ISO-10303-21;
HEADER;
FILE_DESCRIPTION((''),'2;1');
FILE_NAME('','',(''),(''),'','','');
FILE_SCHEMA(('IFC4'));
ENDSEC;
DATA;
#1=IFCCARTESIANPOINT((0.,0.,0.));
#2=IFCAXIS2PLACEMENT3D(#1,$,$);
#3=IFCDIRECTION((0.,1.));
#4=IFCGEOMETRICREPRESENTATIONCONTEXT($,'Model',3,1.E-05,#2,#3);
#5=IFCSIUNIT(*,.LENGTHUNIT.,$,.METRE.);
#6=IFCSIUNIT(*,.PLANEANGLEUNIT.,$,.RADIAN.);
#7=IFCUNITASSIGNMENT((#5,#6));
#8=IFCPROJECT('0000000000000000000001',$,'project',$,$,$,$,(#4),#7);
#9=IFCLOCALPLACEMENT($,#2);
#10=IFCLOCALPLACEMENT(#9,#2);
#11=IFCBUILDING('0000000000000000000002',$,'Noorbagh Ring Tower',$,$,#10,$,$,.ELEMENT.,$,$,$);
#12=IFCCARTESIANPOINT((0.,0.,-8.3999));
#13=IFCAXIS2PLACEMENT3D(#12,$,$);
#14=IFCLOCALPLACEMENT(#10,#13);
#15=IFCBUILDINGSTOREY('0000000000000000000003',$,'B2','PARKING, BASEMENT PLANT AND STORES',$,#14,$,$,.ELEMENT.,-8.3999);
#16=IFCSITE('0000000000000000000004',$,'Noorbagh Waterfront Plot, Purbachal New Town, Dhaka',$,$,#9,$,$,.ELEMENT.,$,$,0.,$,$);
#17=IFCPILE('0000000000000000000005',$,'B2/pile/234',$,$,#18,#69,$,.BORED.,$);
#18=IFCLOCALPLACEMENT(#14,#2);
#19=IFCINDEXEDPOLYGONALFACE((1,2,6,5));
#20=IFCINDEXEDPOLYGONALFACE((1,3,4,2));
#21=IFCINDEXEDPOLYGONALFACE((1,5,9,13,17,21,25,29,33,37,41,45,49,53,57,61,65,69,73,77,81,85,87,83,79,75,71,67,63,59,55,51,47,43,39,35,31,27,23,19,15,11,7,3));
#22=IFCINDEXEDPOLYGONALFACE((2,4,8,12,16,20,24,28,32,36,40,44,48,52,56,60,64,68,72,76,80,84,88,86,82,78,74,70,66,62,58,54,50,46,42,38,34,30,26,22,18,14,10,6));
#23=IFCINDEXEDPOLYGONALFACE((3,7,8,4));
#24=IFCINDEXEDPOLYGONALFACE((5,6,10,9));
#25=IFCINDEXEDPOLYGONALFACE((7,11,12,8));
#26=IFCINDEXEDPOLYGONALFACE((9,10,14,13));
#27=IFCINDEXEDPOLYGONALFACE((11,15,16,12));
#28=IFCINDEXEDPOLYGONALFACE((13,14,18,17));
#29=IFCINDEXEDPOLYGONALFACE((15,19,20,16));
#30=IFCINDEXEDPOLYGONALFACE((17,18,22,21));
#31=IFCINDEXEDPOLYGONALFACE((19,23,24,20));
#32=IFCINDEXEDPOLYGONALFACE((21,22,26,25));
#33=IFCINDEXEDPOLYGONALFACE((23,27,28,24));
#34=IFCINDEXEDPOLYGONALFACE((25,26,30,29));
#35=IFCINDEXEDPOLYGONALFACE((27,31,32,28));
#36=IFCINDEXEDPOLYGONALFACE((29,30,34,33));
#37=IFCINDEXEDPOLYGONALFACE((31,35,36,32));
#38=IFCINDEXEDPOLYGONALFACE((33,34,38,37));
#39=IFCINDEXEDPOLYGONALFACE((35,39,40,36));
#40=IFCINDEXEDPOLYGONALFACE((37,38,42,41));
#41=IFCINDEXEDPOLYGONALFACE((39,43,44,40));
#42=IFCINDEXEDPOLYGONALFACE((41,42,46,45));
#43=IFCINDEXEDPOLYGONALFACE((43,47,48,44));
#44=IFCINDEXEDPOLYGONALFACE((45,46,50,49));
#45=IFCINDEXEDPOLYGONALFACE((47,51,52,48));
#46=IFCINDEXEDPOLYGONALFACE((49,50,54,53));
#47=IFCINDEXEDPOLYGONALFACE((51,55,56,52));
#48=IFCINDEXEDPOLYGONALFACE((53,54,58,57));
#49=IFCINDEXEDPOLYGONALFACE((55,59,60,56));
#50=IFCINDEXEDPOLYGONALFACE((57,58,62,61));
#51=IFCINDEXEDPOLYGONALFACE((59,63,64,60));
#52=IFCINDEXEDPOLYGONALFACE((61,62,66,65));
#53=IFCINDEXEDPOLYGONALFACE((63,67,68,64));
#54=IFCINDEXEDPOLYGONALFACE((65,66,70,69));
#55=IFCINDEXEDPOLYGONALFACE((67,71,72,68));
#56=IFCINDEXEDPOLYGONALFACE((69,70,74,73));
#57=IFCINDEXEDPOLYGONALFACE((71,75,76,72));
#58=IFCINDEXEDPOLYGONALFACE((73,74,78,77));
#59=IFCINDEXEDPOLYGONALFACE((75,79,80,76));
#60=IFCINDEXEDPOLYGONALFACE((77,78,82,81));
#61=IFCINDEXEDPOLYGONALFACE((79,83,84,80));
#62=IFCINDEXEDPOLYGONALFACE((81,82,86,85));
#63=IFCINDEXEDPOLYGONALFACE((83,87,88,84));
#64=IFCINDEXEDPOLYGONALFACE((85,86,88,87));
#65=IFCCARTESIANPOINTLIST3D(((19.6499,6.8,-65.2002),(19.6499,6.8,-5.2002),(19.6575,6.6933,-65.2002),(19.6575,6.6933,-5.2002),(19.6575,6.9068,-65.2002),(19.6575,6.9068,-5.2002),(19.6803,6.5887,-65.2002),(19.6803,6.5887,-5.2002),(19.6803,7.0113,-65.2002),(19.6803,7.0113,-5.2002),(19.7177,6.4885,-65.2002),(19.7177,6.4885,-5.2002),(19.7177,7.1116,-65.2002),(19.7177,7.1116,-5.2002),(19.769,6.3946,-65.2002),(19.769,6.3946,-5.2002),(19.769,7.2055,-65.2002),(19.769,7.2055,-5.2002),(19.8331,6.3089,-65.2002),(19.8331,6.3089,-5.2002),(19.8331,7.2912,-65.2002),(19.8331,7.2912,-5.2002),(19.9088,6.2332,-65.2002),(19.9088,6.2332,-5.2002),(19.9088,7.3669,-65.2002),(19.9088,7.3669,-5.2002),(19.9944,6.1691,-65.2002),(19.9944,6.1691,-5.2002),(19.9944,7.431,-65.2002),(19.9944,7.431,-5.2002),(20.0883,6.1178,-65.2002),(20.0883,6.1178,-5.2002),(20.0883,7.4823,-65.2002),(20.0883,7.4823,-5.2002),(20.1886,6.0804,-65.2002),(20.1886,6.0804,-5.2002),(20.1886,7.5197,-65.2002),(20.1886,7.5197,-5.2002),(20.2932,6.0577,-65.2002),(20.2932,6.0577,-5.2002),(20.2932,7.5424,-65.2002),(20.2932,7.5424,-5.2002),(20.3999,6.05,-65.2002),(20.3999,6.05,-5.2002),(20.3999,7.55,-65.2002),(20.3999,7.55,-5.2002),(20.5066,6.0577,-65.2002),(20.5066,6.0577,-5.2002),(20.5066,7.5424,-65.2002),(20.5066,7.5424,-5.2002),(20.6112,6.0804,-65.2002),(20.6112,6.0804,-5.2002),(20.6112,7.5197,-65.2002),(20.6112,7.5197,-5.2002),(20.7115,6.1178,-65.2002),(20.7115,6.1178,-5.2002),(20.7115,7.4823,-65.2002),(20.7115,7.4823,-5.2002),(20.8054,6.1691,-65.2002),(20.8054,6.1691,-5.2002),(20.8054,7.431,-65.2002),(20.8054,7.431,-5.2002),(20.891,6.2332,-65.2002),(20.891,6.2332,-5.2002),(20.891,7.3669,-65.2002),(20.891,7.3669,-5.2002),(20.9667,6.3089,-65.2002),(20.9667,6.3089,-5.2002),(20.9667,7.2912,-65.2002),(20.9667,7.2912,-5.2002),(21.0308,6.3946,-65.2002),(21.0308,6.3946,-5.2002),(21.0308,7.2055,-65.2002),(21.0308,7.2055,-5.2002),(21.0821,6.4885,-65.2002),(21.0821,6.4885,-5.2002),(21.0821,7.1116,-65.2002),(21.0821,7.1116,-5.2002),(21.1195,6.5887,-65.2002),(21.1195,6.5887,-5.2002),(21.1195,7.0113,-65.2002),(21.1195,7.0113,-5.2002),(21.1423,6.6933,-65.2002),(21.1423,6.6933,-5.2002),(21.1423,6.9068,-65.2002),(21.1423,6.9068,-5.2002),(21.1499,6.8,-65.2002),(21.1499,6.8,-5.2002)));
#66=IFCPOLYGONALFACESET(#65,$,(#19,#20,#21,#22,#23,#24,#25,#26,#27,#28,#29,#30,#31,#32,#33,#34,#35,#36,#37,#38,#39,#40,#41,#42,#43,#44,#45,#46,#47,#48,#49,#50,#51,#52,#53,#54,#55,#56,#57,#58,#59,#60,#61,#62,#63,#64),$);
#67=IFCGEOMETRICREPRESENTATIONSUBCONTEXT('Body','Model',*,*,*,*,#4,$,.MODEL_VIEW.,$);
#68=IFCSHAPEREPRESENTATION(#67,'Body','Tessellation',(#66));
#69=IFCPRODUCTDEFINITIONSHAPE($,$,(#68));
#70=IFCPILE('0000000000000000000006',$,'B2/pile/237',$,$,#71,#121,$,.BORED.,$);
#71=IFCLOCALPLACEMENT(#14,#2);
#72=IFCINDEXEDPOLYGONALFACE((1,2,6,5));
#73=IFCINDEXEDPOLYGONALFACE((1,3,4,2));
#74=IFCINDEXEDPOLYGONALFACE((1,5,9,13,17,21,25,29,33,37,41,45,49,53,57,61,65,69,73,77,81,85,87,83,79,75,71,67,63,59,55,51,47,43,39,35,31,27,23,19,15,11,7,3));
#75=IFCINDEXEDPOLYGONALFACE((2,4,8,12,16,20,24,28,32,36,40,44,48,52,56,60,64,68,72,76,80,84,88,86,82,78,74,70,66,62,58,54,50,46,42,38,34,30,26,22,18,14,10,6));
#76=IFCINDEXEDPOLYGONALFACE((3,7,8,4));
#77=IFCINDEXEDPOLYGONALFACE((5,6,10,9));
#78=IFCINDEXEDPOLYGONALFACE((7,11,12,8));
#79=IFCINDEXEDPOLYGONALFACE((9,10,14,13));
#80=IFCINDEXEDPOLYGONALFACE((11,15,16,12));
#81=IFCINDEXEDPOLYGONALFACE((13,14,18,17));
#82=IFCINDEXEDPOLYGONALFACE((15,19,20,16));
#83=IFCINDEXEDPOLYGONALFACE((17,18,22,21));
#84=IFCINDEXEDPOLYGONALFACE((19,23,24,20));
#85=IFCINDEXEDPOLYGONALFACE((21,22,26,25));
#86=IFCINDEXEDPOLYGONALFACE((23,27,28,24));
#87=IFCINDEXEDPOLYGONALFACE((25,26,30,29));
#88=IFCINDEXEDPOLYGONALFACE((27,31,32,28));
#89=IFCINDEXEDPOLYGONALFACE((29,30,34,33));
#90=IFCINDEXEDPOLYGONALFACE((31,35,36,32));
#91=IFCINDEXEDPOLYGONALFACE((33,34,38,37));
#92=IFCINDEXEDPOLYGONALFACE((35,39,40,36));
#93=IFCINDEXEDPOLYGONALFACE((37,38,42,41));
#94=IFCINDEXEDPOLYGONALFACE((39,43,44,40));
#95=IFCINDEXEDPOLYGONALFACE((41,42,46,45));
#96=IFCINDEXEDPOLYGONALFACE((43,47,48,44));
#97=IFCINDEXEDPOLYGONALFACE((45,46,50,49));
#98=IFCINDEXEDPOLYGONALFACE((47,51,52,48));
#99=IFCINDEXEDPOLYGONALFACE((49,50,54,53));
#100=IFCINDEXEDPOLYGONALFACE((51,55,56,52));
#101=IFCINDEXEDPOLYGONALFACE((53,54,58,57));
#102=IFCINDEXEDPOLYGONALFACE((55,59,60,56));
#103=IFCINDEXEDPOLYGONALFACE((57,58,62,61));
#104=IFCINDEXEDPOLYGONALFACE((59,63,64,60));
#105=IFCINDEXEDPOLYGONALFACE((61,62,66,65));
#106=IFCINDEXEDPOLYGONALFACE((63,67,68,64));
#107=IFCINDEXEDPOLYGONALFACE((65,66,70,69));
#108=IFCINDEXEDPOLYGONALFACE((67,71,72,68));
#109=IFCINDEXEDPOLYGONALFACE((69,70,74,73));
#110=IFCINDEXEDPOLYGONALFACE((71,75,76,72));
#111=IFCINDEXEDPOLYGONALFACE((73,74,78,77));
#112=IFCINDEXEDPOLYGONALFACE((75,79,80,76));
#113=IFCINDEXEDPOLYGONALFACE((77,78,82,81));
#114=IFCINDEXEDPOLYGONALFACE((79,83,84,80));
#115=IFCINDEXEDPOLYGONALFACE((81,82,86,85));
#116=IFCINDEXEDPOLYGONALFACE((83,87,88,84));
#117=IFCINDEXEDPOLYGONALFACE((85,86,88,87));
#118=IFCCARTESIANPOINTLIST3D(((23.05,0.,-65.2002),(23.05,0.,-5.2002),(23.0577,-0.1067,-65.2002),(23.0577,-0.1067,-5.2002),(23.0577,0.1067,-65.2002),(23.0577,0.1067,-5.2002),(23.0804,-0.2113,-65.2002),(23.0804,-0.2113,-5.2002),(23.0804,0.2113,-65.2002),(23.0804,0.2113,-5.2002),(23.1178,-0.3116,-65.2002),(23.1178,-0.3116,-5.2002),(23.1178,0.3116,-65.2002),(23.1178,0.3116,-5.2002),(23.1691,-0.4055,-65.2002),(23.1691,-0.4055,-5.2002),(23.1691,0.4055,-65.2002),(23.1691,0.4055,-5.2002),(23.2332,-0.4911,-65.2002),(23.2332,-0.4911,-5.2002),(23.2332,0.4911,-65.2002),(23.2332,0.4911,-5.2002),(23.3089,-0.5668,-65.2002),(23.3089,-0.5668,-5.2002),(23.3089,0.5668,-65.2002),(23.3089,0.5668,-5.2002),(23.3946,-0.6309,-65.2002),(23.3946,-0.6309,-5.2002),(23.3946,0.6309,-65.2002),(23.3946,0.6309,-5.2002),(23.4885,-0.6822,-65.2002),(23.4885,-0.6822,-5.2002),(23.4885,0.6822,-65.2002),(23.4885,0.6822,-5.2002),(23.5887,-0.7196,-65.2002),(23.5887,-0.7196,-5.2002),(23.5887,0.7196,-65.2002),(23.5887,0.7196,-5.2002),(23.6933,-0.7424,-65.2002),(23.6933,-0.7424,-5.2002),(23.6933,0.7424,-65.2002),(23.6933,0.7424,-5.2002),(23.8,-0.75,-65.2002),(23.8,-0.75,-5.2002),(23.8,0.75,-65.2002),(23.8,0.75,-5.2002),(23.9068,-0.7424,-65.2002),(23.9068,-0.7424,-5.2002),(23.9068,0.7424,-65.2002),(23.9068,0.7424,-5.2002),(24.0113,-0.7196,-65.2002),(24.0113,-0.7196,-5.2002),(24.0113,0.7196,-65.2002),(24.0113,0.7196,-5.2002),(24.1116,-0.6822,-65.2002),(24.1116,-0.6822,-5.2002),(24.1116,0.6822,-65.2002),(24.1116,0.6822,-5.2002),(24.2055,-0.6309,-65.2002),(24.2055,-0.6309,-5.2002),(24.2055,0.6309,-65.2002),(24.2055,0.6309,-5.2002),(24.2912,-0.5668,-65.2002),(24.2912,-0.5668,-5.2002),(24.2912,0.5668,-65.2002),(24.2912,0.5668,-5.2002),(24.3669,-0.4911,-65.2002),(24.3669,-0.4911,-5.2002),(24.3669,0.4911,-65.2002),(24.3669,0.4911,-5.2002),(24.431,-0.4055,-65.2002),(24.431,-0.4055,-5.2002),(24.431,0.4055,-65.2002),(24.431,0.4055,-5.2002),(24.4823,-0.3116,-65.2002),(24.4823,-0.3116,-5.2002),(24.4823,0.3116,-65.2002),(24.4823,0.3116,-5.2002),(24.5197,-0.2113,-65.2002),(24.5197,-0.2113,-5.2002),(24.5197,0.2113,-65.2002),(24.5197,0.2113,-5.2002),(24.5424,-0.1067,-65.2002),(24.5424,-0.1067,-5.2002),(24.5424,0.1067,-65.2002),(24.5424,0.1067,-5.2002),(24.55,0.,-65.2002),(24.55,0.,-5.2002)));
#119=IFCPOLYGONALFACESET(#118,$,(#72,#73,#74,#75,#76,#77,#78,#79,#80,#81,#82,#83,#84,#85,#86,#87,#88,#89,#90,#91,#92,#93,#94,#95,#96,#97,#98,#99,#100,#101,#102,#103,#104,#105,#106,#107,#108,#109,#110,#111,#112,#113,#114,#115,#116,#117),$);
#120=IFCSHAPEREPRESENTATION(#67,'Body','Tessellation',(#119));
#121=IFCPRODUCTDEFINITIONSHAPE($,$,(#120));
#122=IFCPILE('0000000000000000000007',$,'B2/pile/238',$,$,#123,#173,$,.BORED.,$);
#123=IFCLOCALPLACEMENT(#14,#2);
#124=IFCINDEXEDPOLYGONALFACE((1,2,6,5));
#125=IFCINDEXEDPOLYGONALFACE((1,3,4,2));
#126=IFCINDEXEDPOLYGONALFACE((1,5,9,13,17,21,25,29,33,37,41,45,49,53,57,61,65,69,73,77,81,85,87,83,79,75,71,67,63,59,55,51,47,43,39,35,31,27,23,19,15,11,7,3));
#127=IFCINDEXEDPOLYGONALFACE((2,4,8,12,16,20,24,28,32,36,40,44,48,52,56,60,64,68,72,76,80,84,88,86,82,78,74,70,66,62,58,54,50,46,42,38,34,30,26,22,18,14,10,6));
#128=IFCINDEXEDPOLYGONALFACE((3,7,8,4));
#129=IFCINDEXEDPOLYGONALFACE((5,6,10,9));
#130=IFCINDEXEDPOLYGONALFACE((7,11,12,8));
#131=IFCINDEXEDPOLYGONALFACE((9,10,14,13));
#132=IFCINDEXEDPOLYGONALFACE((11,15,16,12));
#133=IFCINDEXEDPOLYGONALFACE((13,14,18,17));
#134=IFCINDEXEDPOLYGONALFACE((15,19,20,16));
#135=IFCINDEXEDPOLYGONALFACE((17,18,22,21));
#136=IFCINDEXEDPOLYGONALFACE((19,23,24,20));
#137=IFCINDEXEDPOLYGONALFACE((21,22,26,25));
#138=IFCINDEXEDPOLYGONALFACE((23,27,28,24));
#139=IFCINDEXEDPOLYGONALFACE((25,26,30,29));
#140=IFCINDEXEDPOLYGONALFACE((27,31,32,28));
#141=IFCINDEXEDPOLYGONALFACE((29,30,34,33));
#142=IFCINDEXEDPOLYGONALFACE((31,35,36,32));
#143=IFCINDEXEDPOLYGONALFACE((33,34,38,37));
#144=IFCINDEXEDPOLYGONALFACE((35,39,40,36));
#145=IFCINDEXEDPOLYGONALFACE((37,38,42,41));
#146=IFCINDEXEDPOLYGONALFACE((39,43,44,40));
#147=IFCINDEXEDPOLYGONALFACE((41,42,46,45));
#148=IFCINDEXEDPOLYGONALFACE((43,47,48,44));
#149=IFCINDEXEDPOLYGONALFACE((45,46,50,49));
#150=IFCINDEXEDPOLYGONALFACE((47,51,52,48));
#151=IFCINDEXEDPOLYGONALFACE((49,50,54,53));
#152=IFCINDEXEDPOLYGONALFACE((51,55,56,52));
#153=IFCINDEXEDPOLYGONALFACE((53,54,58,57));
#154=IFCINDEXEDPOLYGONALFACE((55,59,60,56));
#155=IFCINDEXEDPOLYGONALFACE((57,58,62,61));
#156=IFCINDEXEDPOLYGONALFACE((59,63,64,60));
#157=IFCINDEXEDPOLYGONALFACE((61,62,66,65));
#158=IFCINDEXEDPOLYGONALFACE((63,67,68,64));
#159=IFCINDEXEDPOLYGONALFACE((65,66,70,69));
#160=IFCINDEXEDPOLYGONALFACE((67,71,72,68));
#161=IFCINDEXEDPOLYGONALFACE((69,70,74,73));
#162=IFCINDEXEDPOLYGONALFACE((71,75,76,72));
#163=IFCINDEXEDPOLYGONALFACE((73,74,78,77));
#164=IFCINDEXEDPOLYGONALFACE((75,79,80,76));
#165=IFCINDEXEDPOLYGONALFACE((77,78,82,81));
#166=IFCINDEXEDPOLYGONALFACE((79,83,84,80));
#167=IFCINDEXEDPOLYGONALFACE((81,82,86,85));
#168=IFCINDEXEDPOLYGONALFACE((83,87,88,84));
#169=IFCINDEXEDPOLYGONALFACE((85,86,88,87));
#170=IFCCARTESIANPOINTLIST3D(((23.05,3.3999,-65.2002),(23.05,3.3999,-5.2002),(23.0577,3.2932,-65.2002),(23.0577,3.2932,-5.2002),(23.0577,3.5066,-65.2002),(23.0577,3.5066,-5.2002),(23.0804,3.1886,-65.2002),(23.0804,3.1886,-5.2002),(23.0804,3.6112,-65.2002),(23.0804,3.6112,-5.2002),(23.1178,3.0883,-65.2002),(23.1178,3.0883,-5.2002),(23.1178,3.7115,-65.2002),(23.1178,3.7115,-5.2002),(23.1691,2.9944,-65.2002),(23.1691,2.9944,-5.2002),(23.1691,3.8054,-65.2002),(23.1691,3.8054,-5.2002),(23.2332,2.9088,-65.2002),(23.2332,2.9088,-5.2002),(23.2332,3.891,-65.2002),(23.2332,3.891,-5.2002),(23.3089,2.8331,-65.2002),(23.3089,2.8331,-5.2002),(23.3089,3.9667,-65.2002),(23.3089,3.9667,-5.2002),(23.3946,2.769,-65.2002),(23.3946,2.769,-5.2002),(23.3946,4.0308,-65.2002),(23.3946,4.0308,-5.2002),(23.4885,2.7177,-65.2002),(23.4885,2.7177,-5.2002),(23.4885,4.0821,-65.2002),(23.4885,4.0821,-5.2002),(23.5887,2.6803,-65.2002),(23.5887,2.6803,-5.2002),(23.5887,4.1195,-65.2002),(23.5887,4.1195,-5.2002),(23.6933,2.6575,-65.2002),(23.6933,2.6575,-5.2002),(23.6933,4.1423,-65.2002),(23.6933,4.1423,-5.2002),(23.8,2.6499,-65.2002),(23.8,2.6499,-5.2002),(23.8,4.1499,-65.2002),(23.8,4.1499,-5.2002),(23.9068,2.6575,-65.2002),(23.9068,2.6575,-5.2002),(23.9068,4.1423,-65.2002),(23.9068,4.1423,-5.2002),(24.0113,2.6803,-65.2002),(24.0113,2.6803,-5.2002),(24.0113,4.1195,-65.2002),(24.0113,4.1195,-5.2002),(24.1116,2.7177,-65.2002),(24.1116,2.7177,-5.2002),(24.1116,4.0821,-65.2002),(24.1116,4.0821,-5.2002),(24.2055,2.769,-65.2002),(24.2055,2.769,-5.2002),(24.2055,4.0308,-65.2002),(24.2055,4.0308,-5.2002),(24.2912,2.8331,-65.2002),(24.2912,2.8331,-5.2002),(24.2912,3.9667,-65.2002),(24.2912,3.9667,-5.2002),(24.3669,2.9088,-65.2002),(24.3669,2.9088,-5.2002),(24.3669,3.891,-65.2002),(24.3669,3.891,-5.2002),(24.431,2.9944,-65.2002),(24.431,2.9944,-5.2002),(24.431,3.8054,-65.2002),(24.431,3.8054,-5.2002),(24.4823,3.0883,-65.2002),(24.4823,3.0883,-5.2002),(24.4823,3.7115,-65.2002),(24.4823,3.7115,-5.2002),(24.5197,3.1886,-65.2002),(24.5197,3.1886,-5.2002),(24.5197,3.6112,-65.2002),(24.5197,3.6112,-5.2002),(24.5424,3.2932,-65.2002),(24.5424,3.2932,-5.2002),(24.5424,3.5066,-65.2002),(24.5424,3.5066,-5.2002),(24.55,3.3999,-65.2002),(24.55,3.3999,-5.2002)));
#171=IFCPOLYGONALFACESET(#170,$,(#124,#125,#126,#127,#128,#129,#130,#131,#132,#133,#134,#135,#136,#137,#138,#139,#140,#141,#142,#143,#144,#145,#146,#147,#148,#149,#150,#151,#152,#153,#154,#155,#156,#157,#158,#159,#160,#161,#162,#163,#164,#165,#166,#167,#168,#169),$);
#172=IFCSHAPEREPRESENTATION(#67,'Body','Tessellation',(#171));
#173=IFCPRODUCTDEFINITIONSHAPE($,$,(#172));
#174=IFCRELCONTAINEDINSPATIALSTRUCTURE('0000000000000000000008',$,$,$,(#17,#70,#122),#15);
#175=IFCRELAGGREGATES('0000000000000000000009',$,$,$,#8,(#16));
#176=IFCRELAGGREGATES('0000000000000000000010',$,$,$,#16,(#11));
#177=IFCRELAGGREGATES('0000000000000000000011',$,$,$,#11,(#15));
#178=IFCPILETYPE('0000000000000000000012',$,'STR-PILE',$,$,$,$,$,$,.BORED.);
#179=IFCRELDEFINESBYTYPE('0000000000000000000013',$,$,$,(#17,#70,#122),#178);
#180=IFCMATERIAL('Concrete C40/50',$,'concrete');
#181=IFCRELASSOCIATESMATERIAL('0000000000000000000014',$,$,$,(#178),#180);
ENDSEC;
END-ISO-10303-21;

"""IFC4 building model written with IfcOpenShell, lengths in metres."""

from ifc_helpers import new_model, si_unit, direction, frame, origin, origin_2d, place, context, subcontext, project, spatial, circle, extrude, material, material_profile, profile_set, type_object, element, save


model = new_model("IFC4")

# Units and contexts
model_context = context("Model", 3, precision=1e-05, world=origin(), true_north=direction((0.0, 1.0)))
body_context = subcontext(model_context, "Body", "Model", "MODEL_VIEW")
ifc_project = project(units=[si_unit("LENGTHUNIT", "METRE"), si_unit("PLANEANGLEUNIT", "RADIAN")], contexts=[model_context])

# Site, building, storey
site_placement = place(None, origin())
site = spatial("IfcSite", under=ifc_project, at=site_placement, Name="Noorbagh Waterfront Plot, Purbachal New Town, Dhaka", CompositionType="ELEMENT", RefElevation=0.0)
building_placement = place(site_placement, origin())
building = spatial("IfcBuilding", under=site, at=building_placement, Name="Noorbagh Ring Tower", CompositionType="ELEMENT")
storey_placement = place(building_placement, frame((0.0, 0.0, -8.3999)))
storey = spatial("IfcBuildingStorey", under=building, at=storey_placement, Name="B2", Description="PARKING, BASEMENT PLANT AND STORES", CompositionType="ELEMENT", Elevation=-8.3999)

# Piles
ifc_material_1 = material(Name="Concrete C40/50", Category="concrete")
ifc_material_profile_1 = material_profile(ifc_material_1, circle(Radius=0.75, at=origin_2d()), Name="PILE1500")
ifc_profile_set_1 = profile_set([ifc_material_profile_1], Name="Concrete C40/50")
pile_type = type_object("IfcPileType", Name="STR-PILE", PredefinedType="BORED", material=ifc_profile_set_1)
for number, where, z_axis, x_axis, name in (
    (1, (20.3999, 6.8, -5.2002), (0.0, 0.0, -1.0), (1.0, 0.0, 0.0), "B2/pile/234"),
    (2, (23.8, 0.0, -5.2002), (0.0, 0.0, -1.0), (1.0, 0.0, 0.0), "B2/pile/237"),
    (3, (23.8, 3.3999, -5.2002), (0.0, 0.0, -1.0), (1.0, 0.0, 0.0), "B2/pile/238"),
):
    element("IfcPile", number, at=place(storey_placement, frame(where, z_axis=z_axis, x_axis=x_axis)), inside=storey, type_object=pile_type, Name=name, PredefinedType="BORED", context=body_context, shape_type="SweptSolid", body=[
        extrude(circle(Radius=0.75, at=origin_2d()), origin(), (0.0, 0.0, 1.0), 60.0),
    ])

save(model, "model.ifc")
